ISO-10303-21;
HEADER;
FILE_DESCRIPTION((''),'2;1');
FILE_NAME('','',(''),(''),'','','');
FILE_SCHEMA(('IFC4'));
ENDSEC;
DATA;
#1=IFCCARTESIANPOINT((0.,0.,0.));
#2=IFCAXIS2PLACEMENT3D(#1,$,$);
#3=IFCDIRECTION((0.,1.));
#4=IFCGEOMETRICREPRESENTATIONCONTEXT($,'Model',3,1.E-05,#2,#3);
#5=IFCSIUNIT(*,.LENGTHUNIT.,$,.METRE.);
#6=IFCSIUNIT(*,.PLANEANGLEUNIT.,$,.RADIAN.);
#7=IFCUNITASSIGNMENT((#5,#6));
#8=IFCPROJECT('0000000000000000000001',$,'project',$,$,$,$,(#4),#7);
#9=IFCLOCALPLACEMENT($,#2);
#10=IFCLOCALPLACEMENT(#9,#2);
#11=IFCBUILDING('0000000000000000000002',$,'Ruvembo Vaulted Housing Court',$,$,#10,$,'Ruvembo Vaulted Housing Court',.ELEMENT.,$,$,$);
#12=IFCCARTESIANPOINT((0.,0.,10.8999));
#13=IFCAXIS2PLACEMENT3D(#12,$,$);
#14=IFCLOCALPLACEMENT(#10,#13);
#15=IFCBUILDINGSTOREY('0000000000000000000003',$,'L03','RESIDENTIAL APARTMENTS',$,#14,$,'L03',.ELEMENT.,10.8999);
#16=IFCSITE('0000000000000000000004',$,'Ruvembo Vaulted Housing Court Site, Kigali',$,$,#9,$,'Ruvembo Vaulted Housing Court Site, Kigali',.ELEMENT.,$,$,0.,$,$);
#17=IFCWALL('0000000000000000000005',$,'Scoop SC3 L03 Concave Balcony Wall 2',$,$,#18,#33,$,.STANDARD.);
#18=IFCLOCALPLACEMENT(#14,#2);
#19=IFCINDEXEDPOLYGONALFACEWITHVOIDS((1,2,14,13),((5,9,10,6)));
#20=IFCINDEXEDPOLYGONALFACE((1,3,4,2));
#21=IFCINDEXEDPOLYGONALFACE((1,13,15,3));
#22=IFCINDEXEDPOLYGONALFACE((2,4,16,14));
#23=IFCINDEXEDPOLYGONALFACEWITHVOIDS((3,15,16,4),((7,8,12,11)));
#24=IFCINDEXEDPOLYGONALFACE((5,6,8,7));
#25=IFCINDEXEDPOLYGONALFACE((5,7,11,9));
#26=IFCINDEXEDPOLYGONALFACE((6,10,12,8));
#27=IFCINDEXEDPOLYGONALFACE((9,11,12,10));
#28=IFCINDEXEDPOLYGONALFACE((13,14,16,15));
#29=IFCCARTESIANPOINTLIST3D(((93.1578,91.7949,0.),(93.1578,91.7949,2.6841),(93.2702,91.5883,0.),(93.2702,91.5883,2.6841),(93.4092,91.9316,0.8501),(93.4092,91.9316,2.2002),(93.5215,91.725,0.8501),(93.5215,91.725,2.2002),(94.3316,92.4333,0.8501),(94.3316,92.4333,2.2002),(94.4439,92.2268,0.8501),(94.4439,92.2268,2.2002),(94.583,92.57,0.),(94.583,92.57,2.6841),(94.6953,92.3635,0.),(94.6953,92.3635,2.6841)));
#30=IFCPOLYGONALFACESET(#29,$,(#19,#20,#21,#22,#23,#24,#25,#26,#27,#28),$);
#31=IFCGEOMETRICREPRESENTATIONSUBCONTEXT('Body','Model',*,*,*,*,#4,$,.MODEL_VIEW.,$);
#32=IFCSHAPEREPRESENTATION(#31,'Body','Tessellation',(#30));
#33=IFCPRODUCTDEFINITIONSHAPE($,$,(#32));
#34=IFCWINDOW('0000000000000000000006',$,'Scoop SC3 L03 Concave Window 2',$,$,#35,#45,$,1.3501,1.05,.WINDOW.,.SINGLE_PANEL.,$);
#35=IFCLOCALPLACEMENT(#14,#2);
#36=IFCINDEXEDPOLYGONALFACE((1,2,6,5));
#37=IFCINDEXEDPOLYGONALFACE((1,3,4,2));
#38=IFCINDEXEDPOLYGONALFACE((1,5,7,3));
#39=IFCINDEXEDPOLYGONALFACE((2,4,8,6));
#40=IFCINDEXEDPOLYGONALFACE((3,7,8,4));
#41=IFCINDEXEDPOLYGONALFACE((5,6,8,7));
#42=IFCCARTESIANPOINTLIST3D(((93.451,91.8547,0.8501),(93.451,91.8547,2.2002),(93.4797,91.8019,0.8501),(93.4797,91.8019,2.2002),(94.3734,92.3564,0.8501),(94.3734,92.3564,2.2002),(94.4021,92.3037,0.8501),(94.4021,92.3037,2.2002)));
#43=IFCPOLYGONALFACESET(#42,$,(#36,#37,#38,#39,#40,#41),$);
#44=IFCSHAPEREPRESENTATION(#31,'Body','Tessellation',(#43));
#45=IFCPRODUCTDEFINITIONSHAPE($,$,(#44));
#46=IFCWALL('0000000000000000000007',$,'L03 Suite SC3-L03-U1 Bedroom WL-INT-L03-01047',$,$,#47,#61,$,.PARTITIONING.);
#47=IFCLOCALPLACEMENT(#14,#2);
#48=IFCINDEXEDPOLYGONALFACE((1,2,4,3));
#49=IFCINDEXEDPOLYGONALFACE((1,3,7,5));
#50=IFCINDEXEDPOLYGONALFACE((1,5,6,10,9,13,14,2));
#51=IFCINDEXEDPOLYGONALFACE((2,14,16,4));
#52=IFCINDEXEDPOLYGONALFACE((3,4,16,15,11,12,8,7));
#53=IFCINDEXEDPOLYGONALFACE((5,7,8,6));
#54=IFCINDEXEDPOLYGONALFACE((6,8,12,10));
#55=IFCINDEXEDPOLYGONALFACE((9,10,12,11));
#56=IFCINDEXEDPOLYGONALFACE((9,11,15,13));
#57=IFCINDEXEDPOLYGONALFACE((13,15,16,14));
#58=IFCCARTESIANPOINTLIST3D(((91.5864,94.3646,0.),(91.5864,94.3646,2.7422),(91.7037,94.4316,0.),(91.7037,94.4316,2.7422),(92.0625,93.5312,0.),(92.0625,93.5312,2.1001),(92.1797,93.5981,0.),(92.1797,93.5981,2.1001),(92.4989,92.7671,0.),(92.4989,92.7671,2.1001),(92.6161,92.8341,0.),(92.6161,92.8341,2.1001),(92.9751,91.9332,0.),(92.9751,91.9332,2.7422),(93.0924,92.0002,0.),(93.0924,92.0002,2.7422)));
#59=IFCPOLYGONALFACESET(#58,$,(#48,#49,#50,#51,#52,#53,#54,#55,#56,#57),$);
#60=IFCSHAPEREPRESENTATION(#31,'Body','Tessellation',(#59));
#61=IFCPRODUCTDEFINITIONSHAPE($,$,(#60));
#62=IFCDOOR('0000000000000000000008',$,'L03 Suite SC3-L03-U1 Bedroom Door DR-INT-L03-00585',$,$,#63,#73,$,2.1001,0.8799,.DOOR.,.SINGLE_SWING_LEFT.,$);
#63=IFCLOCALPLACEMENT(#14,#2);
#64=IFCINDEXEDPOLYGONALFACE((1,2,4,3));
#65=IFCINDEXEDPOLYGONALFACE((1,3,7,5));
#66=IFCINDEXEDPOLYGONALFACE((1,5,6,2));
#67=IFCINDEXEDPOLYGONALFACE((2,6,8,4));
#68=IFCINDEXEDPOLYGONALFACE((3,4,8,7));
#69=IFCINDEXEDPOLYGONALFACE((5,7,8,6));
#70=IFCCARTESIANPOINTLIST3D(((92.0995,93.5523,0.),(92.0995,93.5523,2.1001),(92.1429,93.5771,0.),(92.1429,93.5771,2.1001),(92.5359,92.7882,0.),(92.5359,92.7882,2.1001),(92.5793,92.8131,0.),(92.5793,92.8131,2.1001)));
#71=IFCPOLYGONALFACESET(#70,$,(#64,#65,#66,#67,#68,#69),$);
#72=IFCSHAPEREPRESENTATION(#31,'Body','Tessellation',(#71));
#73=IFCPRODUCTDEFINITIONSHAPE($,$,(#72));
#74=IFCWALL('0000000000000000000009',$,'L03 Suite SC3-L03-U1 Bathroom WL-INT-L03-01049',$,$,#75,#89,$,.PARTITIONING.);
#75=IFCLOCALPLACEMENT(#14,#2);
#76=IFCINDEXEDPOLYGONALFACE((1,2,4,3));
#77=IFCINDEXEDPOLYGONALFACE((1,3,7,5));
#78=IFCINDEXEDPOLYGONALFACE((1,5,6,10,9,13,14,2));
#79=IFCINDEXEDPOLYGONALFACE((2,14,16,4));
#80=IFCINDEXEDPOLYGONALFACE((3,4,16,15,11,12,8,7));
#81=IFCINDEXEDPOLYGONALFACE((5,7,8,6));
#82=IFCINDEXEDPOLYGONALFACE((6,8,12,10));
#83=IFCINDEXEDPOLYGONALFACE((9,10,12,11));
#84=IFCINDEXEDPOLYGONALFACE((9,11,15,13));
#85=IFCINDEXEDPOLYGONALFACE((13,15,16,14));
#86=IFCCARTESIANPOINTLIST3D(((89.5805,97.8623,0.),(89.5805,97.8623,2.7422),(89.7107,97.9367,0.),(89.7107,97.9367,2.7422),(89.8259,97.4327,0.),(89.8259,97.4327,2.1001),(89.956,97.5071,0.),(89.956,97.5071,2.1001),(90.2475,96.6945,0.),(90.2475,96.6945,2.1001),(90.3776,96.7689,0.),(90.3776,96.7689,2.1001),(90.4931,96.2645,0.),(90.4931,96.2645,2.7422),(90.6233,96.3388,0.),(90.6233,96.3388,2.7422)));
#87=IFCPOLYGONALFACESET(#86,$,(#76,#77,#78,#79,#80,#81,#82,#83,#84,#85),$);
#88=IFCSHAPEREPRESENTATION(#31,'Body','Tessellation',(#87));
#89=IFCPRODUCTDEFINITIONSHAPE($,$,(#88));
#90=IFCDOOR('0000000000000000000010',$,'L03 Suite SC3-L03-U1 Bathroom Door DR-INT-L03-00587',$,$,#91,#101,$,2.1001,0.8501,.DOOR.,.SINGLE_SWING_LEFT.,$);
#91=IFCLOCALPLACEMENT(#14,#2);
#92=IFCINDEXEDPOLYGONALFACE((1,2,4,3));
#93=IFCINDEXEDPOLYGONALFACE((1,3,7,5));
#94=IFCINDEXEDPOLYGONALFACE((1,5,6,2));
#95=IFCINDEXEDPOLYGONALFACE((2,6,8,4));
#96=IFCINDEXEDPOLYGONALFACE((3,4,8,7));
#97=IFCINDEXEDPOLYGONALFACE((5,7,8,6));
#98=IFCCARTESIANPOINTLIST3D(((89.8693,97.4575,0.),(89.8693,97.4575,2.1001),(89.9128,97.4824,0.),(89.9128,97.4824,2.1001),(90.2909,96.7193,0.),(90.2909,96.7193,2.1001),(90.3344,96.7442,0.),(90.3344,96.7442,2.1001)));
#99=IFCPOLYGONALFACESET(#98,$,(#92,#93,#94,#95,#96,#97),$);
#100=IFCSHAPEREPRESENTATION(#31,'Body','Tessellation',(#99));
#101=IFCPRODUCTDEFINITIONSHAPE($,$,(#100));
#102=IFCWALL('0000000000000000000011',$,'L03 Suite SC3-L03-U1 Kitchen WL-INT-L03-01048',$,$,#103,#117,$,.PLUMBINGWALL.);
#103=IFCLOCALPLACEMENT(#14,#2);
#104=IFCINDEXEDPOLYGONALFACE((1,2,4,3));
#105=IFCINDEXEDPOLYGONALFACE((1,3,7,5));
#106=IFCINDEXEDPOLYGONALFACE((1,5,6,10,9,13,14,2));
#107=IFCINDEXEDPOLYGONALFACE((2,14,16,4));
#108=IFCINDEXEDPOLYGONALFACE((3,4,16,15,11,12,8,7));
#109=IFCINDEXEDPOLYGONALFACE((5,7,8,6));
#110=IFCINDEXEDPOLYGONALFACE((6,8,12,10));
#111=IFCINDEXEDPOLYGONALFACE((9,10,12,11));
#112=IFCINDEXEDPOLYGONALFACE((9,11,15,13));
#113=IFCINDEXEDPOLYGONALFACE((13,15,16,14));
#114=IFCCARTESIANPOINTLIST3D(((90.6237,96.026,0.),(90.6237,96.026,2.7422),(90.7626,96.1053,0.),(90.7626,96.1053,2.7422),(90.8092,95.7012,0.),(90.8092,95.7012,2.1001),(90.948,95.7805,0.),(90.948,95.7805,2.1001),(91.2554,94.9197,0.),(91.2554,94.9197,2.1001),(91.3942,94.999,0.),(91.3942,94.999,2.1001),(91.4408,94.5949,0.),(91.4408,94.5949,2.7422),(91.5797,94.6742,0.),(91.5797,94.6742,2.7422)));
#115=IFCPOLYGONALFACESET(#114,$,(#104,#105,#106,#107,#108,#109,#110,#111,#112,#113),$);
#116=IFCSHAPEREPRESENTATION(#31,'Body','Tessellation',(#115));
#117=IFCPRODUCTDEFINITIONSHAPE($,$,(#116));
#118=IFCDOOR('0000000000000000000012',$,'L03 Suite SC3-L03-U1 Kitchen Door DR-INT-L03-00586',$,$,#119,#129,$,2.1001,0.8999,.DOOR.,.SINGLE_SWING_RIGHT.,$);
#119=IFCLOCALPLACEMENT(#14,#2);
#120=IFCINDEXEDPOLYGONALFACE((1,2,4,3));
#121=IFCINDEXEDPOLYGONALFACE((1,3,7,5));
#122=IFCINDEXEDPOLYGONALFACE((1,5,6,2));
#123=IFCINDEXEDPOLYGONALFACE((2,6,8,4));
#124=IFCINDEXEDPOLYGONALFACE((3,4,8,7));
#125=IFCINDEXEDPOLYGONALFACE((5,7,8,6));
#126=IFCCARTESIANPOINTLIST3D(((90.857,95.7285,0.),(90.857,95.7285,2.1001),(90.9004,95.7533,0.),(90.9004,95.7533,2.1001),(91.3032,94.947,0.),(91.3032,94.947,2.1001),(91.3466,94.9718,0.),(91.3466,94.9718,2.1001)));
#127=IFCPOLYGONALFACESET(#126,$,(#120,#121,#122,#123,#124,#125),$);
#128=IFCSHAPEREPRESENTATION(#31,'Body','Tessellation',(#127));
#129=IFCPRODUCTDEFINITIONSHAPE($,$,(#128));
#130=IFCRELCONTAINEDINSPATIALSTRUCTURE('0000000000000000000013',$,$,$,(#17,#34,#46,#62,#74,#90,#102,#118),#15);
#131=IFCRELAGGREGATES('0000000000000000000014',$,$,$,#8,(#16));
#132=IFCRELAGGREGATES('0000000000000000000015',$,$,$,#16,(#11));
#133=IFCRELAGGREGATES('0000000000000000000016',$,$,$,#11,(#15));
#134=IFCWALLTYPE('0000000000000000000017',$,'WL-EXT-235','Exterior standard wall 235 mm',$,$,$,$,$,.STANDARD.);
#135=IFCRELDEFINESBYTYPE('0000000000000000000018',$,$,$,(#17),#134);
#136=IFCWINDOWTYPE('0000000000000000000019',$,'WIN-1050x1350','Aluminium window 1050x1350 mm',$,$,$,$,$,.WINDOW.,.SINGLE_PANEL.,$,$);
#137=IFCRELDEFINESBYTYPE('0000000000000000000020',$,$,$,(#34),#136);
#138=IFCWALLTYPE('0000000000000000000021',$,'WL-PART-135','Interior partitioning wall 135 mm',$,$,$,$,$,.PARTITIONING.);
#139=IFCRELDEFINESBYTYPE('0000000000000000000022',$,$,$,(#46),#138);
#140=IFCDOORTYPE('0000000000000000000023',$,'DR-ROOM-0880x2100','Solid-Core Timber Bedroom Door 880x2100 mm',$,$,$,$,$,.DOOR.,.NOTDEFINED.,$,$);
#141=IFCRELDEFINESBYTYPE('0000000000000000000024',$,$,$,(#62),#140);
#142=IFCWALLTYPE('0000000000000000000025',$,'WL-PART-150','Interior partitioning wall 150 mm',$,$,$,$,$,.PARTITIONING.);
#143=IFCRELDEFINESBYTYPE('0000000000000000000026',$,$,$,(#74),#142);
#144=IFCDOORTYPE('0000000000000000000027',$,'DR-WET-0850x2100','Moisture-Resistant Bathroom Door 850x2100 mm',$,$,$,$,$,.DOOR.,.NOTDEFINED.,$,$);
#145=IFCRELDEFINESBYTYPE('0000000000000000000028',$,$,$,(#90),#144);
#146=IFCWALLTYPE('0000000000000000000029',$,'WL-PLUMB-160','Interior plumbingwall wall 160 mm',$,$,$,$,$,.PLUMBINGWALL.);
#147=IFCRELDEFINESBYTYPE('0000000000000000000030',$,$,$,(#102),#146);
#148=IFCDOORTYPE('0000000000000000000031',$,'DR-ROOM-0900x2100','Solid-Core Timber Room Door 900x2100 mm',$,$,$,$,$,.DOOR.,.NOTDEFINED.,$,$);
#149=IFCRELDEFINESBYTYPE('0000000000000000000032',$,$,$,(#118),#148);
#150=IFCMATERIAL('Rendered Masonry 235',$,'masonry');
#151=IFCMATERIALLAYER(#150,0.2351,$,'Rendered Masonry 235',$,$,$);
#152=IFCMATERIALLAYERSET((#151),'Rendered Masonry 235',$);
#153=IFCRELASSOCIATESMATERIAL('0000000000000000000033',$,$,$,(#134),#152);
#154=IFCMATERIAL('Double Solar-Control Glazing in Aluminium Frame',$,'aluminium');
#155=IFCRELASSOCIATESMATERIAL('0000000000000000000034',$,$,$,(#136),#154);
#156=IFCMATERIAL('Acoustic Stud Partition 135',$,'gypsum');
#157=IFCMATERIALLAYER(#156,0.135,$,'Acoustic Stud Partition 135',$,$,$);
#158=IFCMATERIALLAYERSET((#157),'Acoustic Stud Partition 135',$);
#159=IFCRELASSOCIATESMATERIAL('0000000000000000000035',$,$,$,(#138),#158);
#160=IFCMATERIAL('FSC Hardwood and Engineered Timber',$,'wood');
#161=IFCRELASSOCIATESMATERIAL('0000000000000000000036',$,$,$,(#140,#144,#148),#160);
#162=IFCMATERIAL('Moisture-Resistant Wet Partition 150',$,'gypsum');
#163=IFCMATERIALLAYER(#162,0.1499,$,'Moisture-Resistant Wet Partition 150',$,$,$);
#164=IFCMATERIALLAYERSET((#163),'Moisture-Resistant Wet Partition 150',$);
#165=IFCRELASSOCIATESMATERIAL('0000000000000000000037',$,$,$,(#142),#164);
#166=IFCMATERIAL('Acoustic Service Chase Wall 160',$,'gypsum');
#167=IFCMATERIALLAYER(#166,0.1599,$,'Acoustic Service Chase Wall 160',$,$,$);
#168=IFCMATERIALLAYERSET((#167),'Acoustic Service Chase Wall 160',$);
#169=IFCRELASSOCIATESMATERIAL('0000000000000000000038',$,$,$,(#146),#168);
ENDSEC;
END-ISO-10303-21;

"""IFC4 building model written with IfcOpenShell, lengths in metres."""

from ifc_helpers import new_model, si_unit, direction, frame, frame_2d, origin, place, context, subcontext, project, spatial, rectangle, extrude, material, layer, layer_set, type_object, element, fill, save


model = new_model("IFC4")

# Units and contexts
model_context = context("Model", 3, precision=1e-05, world=origin(), true_north=direction((0.0, 1.0)))
body_context = subcontext(model_context, "Body", "Model", "MODEL_VIEW")
ifc_project = project(units=[si_unit("LENGTHUNIT", "METRE"), si_unit("PLANEANGLEUNIT", "RADIAN")], contexts=[model_context])

# Site, building, storey
site_placement = place(None, origin())
site = spatial("IfcSite", under=ifc_project, at=site_placement, Name="Ruvembo Vaulted Housing Court Site, Kigali", LongName="Ruvembo Vaulted Housing Court Site, Kigali", CompositionType="ELEMENT", RefElevation=0.0)
building_placement = place(site_placement, origin())
building = spatial("IfcBuilding", under=site, at=building_placement, Name="Ruvembo Vaulted Housing Court", LongName="Ruvembo Vaulted Housing Court", CompositionType="ELEMENT")
storey_placement = place(building_placement, frame((0.0, 0.0, 10.8999)))
storey = spatial("IfcBuildingStorey", under=building, at=storey_placement, Name="L03", Description="RESIDENTIAL APARTMENTS", LongName="L03", CompositionType="ELEMENT", Elevation=10.8999)

# Shared definitions
ifc_material_1 = material(Name="FSC Hardwood and Engineered Timber", Category="wood")

# Wall, opening, window
ifc_material_2 = material(Name="Rendered Masonry 235", Category="masonry")
ifc_layer_1 = layer(ifc_material_2, 0.2351, Name="Rendered Masonry 235")
ifc_layer_set_1 = layer_set([ifc_layer_1], Name="Rendered Masonry 235")
wall_type_1 = type_object("IfcWallType", Name="WL-EXT-235", Description="Exterior standard wall 235 mm", PredefinedType="STANDARD", material=ifc_layer_set_1)
ifc_material_3 = material(Name="Double Solar-Control Glazing in Aluminium Frame", Category="aluminium")
wall_1_placement = place(storey_placement, frame((93.2141, 91.6917, 0.0), z_axis=(0.0, 0.0, 1.0), x_axis=(0.878453, 0.477829, 0.0)))
wall_1 = element("IfcWall", 1, at=wall_1_placement, inside=storey, type_object=wall_type_1, Name="Scoop SC3 L03 Concave Balcony Wall 2", PredefinedType="STANDARD", context=body_context, shape_type="SweptSolid", body=[
    extrude(rectangle(XDim=1.6223, YDim=0.2351, at=frame_2d((0.811, 0.0))), origin(), (0.0, 0.0, 1.0), 2.6841),
])
opening_1_placement = place(wall_1_placement, frame((0.2861, 0.0, 0.8501)))
opening_1 = element("IfcOpeningElement", 2, at=opening_1_placement, cuts=wall_1, PredefinedType="OPENING", context=body_context, shape_type="SweptSolid", body=[
    extrude(rectangle(XDim=1.05, YDim=1.3501, at=frame_2d((0.5249, 0.675))), frame((0.0, 0.1274, 0.0), z_axis=(0.0, -1.0, 0.0), x_axis=(1.0, 0.0, 0.0)), (0.0, 0.0, 1.0), 0.2551),
])
window_type_1 = type_object("IfcWindowType", Name="WIN-1050x1350", Description="Aluminium window 1050x1350 mm", PartitioningType="SINGLE_PANEL", PredefinedType="WINDOW", material=ifc_material_3)
window_1_placement = place(opening_1_placement, origin())
window_1 = element("IfcWindow", 3, at=window_1_placement, inside=storey, type_object=window_type_1, Name="Scoop SC3 L03 Concave Window 2", OverallHeight=1.3501, OverallWidth=1.05, PartitioningType="SINGLE_PANEL", PredefinedType="WINDOW", context=body_context, shape_type="SweptSolid", body=[
    extrude(rectangle(XDim=1.05, YDim=1.3501, at=frame_2d((0.5249, 0.675))), frame((0.0, 0.03, 0.0), z_axis=(0.0, -1.0, 0.0), x_axis=(1.0, 0.0, 0.0)), (0.0, 0.0, 1.0), 0.0601),
])
fill(opening_1, window_1)

# Walls, openings, doors
ifc_material_4 = material(Name="Acoustic Stud Partition 135", Category="gypsum")
ifc_layer_2 = layer(ifc_material_4, 0.135, Name="Acoustic Stud Partition 135")
ifc_layer_set_2 = layer_set([ifc_layer_2], Name="Acoustic Stud Partition 135")
wall_type_2 = type_object("IfcWallType", Name="WL-PART-135", Description="Interior partitioning wall 135 mm", PredefinedType="PARTITIONING", material=ifc_layer_set_2)
wall_2_placement = place(storey_placement, frame((93.0337, 91.9668, 0.0), z_axis=(0.0, 0.0, 1.0), x_axis=(-0.495951, 0.86835, 0.0)))
wall_2 = element("IfcWall", 4, at=wall_2_placement, inside=storey, type_object=wall_type_2, Name="L03 Suite SC3-L03-U1 Bedroom WL-INT-L03-01047", PredefinedType="PARTITIONING", context=body_context, shape_type="SweptSolid", body=[
    extrude(rectangle(XDim=2.8, YDim=0.135, at=frame_2d((1.3999, 0.0))), origin(), (0.0, 0.0, 1.0), 2.7422),
])
opening_2_placement = place(wall_2_placement, frame((0.9602, 0.0, 0.0)))
opening_2 = element("IfcOpeningElement", 5, at=opening_2_placement, cuts=wall_2, PredefinedType="OPENING", context=body_context, shape_type="SweptSolid", body=[
    extrude(rectangle(XDim=0.8799, YDim=2.1001, at=frame_2d((0.4399, 1.05))), frame((0.0, 0.0774, 0.0), z_axis=(0.0, -1.0, 0.0), x_axis=(1.0, 0.0, 0.0)), (0.0, 0.0, 1.0), 0.155),
])
door_type_1 = type_object("IfcDoorType", Name="DR-ROOM-0880x2100", Description="Solid-Core Timber Bedroom Door 880x2100 mm", OperationType="NOTDEFINED", PredefinedType="DOOR", material=ifc_material_1)
door_1_placement = place(opening_2_placement, origin())
door_1 = element("IfcDoor", 6, at=door_1_placement, inside=storey, type_object=door_type_1, Name="L03 Suite SC3-L03-U1 Bedroom Door DR-INT-L03-00585", OperationType="SINGLE_SWING_LEFT", OverallHeight=2.1001, OverallWidth=0.8799, PredefinedType="DOOR", context=body_context, shape_type="SweptSolid", body=[
    extrude(rectangle(XDim=0.8799, YDim=2.1001, at=frame_2d((0.4399, 1.05))), frame((0.0, 0.0249, 0.0), z_axis=(0.0, -1.0, 0.0), x_axis=(1.0, 0.0, 0.0)), (0.0, 0.0, 1.0), 0.05),
])
fill(opening_2, door_1)
ifc_material_5 = material(Name="Moisture-Resistant Wet Partition 150", Category="gypsum")
ifc_layer_3 = layer(ifc_material_5, 0.1499, Name="Moisture-Resistant Wet Partition 150")
ifc_layer_set_3 = layer_set([ifc_layer_3], Name="Moisture-Resistant Wet Partition 150")
wall_type_3 = type_object("IfcWallType", Name="WL-PART-150", Description="Interior partitioning wall 150 mm", PredefinedType="PARTITIONING", material=ifc_layer_set_3)
wall_3_placement = place(storey_placement, frame((90.5581, 96.3018, 0.0), z_axis=(0.0, 0.0, 1.0), x_axis=(-0.495939, 0.868357, 0.0)))
wall_3 = element("IfcWall", 7, at=wall_3_placement, inside=storey, type_object=wall_type_3, Name="L03 Suite SC3-L03-U1 Bathroom WL-INT-L03-01049", PredefinedType="PARTITIONING", context=body_context, shape_type="SweptSolid", body=[
    extrude(rectangle(XDim=1.8401, YDim=0.1499, at=frame_2d((0.9199, 0.0))), origin(), (0.0, 0.0, 1.0), 2.7422),
])
opening_3_placement = place(wall_3_placement, frame((0.4951, 0.0, 0.0)))
opening_3 = element("IfcOpeningElement", 8, at=opening_3_placement, cuts=wall_3, PredefinedType="OPENING", context=body_context, shape_type="SweptSolid", body=[
    extrude(rectangle(XDim=0.8501, YDim=2.1001, at=frame_2d((0.425, 1.05))), frame((0.0, 0.085, 0.0), z_axis=(0.0, -1.0, 0.0), x_axis=(1.0, 0.0, 0.0)), (0.0, 0.0, 1.0), 0.1699),
])
door_type_2 = type_object("IfcDoorType", Name="DR-WET-0850x2100", Description="Moisture-Resistant Bathroom Door 850x2100 mm", OperationType="NOTDEFINED", PredefinedType="DOOR", material=ifc_material_1)
door_2_placement = place(opening_3_placement, origin())
door_2 = element("IfcDoor", 9, at=door_2_placement, inside=storey, type_object=door_type_2, Name="L03 Suite SC3-L03-U1 Bathroom Door DR-INT-L03-00587", OperationType="SINGLE_SWING_LEFT", OverallHeight=2.1001, OverallWidth=0.8501, PredefinedType="DOOR", context=body_context, shape_type="SweptSolid", body=[
    extrude(rectangle(XDim=0.8501, YDim=2.1001, at=frame_2d((0.425, 1.05))), frame((0.0, 0.0249, 0.0), z_axis=(0.0, -1.0, 0.0), x_axis=(1.0, 0.0, 0.0)), (0.0, 0.0, 1.0), 0.05),
])
fill(opening_3, door_2)
ifc_material_6 = material(Name="Acoustic Service Chase Wall 160", Category="gypsum")
ifc_layer_4 = layer(ifc_material_6, 0.1599, Name="Acoustic Service Chase Wall 160")
ifc_layer_set_4 = layer_set([ifc_layer_4], Name="Acoustic Service Chase Wall 160")
wall_type_4 = type_object("IfcWallType", Name="WL-PLUMB-160", Description="Interior plumbingwall wall 160 mm", PredefinedType="PLUMBINGWALL", material=ifc_layer_set_4)
wall_4_placement = place(storey_placement, frame((91.5103, 94.6345, 0.0), z_axis=(0.0, 0.0, 1.0), x_axis=(-0.495836, 0.868416, 0.0)))
wall_4 = element("IfcWall", 10, at=wall_4_placement, inside=storey, type_object=wall_type_4, Name="L03 Suite SC3-L03-U1 Kitchen WL-INT-L03-01048", PredefinedType="PLUMBINGWALL", context=body_context, shape_type="SweptSolid", body=[
    extrude(rectangle(XDim=1.6479, YDim=0.1599, at=frame_2d((0.824, 0.0))), origin(), (0.0, 0.0, 1.0), 2.7422),
])
opening_4_placement = place(wall_4_placement, frame((0.374, 0.0, 0.0)))
opening_4 = element("IfcOpeningElement", 11, at=opening_4_placement, cuts=wall_4, PredefinedType="OPENING", context=body_context, shape_type="SweptSolid", body=[
    extrude(rectangle(XDim=0.8999, YDim=2.1001, at=frame_2d((0.45, 1.05))), frame((0.0, 0.0898, 0.0), z_axis=(0.0, -1.0, 0.0), x_axis=(1.0, 0.0, 0.0)), (0.0, 0.0, 1.0), 0.1799),
])
door_type_3 = type_object("IfcDoorType", Name="DR-ROOM-0900x2100", Description="Solid-Core Timber Room Door 900x2100 mm", OperationType="NOTDEFINED", PredefinedType="DOOR", material=ifc_material_1)
door_3_placement = place(opening_4_placement, origin())
door_3 = element("IfcDoor", 12, at=door_3_placement, inside=storey, type_object=door_type_3, Name="L03 Suite SC3-L03-U1 Kitchen Door DR-INT-L03-00586", OperationType="SINGLE_SWING_RIGHT", OverallHeight=2.1001, OverallWidth=0.8999, PredefinedType="DOOR", context=body_context, shape_type="SweptSolid", body=[
    extrude(rectangle(XDim=0.8999, YDim=2.1001, at=frame_2d((0.45, 1.05))), frame((0.0, 0.0249, 0.0), z_axis=(0.0, -1.0, 0.0), x_axis=(1.0, 0.0, 0.0)), (0.0, 0.0, 1.0), 0.05),
])
fill(opening_4, door_3)

save(model, "model.ifc")
